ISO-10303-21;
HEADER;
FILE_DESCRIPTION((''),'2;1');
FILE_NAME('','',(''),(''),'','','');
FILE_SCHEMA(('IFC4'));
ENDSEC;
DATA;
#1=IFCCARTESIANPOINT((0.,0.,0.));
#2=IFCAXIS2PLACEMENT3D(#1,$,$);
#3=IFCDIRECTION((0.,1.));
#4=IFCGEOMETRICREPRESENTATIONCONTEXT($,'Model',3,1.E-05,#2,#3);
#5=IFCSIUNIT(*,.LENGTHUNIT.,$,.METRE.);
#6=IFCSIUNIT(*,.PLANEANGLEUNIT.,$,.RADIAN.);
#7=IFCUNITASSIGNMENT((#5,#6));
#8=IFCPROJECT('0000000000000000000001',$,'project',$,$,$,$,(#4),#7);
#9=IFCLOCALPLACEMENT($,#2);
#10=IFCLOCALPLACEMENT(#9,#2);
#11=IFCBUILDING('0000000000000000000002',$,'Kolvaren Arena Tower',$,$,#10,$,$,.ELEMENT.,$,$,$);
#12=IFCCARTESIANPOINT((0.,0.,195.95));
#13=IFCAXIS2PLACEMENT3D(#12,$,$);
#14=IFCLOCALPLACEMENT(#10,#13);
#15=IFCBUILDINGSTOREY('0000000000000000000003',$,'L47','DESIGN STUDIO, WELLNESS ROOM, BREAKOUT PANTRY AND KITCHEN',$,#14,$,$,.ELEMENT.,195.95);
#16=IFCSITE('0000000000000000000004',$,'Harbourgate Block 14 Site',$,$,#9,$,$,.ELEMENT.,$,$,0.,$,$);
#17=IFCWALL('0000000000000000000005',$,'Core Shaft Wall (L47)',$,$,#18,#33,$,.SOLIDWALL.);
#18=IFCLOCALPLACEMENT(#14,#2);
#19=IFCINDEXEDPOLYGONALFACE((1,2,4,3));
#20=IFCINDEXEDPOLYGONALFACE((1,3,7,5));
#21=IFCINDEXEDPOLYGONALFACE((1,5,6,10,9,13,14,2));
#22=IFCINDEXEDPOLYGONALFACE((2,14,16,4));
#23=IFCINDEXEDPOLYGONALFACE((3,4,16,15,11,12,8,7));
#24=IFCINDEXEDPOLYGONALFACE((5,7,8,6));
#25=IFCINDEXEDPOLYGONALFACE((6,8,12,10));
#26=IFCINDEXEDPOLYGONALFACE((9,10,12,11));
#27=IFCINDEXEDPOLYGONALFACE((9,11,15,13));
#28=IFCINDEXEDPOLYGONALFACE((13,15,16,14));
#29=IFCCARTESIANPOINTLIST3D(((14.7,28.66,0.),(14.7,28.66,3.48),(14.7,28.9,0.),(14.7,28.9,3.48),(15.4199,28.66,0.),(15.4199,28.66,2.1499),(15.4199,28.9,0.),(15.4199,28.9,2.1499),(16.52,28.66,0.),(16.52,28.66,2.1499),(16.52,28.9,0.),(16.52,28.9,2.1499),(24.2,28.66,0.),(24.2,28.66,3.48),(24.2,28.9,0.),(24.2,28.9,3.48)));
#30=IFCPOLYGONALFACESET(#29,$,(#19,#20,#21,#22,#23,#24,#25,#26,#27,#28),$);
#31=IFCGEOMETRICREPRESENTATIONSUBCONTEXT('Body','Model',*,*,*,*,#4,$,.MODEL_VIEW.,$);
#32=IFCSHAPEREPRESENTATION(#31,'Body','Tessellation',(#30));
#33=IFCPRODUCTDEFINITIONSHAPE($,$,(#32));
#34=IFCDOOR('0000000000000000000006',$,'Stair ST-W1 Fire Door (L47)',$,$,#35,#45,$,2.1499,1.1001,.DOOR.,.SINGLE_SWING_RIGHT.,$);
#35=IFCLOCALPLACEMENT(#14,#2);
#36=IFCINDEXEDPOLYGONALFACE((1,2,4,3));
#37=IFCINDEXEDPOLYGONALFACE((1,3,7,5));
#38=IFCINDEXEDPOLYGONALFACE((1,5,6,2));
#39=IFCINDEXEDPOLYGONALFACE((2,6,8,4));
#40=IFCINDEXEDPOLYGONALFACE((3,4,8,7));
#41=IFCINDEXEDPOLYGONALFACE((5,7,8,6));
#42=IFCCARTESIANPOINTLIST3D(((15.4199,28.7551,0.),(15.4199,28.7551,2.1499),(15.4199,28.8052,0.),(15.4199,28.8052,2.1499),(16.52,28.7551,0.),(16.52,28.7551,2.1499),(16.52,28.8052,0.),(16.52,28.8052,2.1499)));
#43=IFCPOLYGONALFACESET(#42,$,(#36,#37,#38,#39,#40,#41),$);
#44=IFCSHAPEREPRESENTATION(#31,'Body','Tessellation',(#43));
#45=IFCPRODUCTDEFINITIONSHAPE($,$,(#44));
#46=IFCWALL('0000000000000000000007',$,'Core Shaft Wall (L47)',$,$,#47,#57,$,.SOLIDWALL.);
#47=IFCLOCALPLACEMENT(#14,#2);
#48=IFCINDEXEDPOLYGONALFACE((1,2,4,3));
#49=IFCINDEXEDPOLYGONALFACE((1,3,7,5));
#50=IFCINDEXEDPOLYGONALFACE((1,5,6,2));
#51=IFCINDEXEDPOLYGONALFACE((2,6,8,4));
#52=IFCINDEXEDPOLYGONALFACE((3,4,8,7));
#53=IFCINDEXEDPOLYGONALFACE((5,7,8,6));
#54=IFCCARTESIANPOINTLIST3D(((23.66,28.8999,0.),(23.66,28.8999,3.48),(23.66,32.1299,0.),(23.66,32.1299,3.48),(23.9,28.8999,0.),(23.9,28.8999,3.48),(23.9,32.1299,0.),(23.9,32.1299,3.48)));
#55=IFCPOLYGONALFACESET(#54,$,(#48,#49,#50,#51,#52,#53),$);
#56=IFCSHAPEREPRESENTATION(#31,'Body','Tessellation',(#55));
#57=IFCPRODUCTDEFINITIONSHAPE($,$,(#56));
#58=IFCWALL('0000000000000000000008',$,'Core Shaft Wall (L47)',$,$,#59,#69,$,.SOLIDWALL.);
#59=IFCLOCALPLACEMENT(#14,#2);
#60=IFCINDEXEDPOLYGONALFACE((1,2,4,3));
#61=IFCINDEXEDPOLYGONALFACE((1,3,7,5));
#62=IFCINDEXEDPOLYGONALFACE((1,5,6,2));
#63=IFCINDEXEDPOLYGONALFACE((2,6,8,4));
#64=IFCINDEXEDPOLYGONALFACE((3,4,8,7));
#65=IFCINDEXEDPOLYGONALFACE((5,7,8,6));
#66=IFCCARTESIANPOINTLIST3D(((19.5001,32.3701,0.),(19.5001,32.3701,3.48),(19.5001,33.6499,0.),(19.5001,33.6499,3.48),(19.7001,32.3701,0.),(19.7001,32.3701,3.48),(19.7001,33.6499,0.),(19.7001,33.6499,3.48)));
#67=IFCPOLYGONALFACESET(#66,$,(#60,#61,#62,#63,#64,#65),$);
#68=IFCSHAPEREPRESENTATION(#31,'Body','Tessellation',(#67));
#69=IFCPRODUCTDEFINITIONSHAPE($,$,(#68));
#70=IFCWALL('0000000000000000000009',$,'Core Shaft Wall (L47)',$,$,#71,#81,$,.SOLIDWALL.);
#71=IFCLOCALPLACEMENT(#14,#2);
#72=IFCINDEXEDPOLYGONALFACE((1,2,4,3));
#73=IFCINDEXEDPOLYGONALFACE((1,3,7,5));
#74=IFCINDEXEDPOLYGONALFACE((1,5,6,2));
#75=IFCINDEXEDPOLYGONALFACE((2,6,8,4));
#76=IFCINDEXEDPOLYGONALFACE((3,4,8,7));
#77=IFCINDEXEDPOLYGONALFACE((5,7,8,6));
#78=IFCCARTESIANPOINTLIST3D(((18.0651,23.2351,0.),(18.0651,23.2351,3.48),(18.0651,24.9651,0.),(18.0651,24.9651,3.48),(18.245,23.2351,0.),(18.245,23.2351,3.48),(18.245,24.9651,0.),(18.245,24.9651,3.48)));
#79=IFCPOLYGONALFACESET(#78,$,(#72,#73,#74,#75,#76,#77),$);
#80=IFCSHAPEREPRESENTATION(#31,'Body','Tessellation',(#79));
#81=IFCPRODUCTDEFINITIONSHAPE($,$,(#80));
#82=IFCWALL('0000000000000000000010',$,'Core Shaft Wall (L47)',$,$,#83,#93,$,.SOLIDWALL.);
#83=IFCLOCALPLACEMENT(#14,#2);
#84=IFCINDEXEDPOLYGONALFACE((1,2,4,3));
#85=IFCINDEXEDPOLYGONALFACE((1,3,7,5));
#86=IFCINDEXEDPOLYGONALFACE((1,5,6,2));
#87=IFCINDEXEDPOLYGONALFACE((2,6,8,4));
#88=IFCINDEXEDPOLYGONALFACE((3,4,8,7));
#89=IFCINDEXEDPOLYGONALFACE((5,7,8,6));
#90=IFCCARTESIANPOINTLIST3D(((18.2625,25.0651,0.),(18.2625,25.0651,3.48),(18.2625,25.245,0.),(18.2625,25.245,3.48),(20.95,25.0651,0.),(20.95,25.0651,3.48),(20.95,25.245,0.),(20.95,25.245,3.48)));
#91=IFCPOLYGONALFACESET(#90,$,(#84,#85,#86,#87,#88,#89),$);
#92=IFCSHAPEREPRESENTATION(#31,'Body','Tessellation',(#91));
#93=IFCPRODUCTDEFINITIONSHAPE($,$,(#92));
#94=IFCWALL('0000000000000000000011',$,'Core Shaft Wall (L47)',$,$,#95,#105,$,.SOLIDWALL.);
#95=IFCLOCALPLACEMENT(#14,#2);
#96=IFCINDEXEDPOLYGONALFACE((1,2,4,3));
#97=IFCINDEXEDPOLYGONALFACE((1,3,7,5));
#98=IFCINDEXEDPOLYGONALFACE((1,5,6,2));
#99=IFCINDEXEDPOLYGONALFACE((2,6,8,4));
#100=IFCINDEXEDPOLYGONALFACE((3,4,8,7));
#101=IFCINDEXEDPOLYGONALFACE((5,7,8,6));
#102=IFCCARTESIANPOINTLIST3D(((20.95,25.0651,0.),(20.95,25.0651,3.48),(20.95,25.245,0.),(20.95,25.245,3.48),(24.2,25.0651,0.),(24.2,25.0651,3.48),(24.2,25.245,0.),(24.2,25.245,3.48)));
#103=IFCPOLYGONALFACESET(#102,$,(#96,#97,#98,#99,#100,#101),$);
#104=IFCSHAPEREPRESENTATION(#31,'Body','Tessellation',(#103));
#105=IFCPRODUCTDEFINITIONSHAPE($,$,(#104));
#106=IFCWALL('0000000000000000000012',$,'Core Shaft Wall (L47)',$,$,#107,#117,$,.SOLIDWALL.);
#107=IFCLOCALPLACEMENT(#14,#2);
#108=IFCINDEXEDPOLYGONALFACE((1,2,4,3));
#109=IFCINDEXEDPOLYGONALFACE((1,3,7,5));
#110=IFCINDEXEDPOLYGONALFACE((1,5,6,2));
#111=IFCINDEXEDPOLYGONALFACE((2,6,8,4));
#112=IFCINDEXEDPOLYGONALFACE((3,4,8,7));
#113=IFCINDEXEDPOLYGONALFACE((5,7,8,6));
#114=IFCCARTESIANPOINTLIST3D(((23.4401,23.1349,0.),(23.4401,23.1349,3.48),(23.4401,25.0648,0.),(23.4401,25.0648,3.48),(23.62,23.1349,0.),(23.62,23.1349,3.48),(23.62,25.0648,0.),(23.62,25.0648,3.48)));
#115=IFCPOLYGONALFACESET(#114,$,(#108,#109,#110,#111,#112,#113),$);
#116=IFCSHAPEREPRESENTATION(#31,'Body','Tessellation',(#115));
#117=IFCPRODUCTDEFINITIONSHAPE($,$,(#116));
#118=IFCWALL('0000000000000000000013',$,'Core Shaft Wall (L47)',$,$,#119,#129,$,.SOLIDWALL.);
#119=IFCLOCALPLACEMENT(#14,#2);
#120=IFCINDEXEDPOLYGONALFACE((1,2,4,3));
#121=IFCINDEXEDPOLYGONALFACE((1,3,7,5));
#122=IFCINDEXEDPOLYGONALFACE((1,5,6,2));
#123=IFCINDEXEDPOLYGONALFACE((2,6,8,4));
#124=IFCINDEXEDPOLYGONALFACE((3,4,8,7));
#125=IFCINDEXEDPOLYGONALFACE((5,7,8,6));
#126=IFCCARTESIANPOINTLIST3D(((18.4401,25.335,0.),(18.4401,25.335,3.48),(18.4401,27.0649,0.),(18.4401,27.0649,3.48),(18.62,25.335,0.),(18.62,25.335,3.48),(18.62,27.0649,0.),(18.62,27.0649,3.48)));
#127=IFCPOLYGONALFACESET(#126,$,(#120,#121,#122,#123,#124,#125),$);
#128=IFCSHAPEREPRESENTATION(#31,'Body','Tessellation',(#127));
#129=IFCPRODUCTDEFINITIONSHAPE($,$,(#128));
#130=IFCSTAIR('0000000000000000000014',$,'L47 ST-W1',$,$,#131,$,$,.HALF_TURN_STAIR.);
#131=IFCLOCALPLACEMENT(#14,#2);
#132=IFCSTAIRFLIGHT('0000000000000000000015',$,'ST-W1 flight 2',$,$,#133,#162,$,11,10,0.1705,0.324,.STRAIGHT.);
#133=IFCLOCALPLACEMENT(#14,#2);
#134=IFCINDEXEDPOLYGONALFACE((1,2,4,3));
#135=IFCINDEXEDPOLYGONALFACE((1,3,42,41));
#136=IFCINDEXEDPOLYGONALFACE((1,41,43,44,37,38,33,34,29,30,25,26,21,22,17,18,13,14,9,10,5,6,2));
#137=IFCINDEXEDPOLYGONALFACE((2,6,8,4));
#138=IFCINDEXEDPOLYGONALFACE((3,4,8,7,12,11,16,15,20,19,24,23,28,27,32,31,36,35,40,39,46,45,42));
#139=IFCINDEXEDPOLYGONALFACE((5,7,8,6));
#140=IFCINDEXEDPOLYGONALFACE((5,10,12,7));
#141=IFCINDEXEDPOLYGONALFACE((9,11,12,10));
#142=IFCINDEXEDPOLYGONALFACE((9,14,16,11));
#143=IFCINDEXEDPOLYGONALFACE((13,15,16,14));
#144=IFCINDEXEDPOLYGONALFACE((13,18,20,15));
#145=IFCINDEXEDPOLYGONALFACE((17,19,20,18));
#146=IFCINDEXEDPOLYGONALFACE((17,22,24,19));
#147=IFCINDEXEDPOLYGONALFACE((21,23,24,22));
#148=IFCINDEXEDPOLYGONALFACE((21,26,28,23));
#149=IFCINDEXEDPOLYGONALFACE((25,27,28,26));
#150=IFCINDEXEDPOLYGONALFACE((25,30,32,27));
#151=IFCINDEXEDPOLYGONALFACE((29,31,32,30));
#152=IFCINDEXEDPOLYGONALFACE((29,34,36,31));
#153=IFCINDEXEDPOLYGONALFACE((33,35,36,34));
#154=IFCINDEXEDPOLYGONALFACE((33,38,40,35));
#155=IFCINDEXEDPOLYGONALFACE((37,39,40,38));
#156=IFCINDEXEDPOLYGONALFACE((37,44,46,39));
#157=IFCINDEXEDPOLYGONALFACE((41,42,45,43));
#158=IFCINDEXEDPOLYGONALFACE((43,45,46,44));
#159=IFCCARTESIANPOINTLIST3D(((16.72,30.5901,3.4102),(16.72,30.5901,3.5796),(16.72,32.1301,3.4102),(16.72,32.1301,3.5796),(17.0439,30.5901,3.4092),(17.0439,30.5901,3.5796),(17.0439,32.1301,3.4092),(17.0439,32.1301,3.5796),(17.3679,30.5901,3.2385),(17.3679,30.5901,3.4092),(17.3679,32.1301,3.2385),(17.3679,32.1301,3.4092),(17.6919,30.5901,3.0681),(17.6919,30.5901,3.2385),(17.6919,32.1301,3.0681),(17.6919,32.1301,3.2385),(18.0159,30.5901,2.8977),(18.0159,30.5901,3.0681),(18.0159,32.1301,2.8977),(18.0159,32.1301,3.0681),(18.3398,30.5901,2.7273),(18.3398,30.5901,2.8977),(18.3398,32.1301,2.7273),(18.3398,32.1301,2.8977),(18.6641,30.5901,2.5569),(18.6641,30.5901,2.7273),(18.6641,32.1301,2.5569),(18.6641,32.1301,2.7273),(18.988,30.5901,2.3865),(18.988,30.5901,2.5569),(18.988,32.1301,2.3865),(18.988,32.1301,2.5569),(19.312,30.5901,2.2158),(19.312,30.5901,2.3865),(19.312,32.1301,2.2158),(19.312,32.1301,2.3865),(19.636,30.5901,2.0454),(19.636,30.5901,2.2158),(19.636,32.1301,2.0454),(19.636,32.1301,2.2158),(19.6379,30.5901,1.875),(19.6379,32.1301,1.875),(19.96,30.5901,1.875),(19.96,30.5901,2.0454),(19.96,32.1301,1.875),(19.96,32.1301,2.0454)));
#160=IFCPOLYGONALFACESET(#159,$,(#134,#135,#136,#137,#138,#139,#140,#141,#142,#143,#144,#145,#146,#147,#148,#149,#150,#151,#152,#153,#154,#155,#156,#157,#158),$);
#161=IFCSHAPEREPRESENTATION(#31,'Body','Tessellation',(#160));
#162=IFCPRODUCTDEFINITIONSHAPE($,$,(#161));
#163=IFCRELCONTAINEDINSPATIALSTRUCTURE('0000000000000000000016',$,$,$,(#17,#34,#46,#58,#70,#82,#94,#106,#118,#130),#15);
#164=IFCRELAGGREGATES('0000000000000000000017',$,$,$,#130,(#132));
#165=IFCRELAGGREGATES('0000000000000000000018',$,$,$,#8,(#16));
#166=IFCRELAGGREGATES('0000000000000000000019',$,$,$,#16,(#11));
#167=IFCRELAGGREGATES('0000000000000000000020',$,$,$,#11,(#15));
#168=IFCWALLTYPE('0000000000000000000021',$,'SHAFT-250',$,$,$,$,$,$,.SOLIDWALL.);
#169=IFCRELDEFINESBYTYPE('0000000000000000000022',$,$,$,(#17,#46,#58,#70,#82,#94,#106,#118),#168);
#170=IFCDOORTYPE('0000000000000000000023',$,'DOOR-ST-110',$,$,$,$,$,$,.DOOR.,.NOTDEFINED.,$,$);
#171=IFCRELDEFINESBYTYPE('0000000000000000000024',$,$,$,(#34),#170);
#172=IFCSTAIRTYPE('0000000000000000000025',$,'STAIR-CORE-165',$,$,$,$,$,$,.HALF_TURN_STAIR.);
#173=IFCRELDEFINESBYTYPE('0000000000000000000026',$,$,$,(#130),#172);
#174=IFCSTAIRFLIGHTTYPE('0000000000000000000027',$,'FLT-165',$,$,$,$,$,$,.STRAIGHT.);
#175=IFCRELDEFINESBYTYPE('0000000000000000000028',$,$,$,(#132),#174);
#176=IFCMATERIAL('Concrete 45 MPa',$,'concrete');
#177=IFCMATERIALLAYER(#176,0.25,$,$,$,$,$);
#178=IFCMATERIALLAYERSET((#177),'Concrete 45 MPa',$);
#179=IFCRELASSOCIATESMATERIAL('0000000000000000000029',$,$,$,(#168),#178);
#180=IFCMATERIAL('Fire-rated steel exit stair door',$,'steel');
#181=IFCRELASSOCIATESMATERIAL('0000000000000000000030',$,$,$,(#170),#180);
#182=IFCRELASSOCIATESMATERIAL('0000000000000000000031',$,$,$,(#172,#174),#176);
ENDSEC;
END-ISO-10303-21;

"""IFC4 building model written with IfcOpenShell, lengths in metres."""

from ifc_helpers import new_model, si_unit, direction, frame, frame_2d, origin, place, context, subcontext, project, spatial, polyline, rectangle, outline, extrude, material, layer, layer_set, type_object, element, fill, aggregate, save


model = new_model("IFC4")

# Units and contexts
model_context = context("Model", 3, precision=1e-05, world=origin(), true_north=direction((0.0, 1.0)))
body_context = subcontext(model_context, "Body", "Model", "MODEL_VIEW")
ifc_project = project(units=[si_unit("LENGTHUNIT", "METRE"), si_unit("PLANEANGLEUNIT", "RADIAN")], contexts=[model_context])

# Site, building, storey
site_placement = place(None, origin())
site = spatial("IfcSite", under=ifc_project, at=site_placement, Name="Harbourgate Block 14 Site", CompositionType="ELEMENT", RefElevation=0.0)
building_placement = place(site_placement, origin())
building = spatial("IfcBuilding", under=site, at=building_placement, Name="Kolvaren Arena Tower", CompositionType="ELEMENT")
storey_placement = place(building_placement, frame((0.0, 0.0, 195.95)))
storey = spatial("IfcBuildingStorey", under=building, at=storey_placement, Name="L47", Description="DESIGN STUDIO, WELLNESS ROOM, BREAKOUT PANTRY AND KITCHEN", CompositionType="ELEMENT", Elevation=195.95)

# Wall, opening, door
ifc_material_1 = material(Name="Concrete 45 MPa", Category="concrete")
ifc_layer = layer(ifc_material_1, 0.25)
ifc_layer_set = layer_set([ifc_layer], Name="Concrete 45 MPa")
wall_type = type_object("IfcWallType", Name="SHAFT-250", PredefinedType="SOLIDWALL", material=ifc_layer_set)
wall_1_placement = place(storey_placement, frame((24.2, 28.78, 0.0), z_axis=(0.0, 0.0, 1.0), x_axis=(-1.0, 0.0, 0.0)))
wall_1 = element("IfcWall", 1, at=wall_1_placement, inside=storey, type_object=wall_type, Name="Core Shaft Wall (L47)", PredefinedType="SOLIDWALL", context=body_context, shape_type="SweptSolid", body=[
    extrude(rectangle(XDim=9.5, YDim=0.24, at=frame_2d((4.75, 0.0))), origin(), (0.0, 0.0, 1.0), 3.48),
])
opening_placement = place(wall_1_placement, frame((7.6799, 0.0, 0.0)))
opening = element("IfcOpeningElement", 2, at=opening_placement, cuts=wall_1, PredefinedType="OPENING", context=body_context, shape_type="SweptSolid", body=[
    extrude(rectangle(XDim=1.1001, YDim=2.1499, at=frame_2d((0.55, 1.075))), frame((0.0, 0.1299, 0.0), z_axis=(0.0, -1.0, 0.0), x_axis=(1.0, 0.0, 0.0)), (0.0, 0.0, 1.0), 0.26),
])
ifc_material_2 = material(Name="Fire-rated steel exit stair door", Category="steel")
door_type = type_object("IfcDoorType", Name="DOOR-ST-110", OperationType="NOTDEFINED", PredefinedType="DOOR", material=ifc_material_2)
door_placement = place(opening_placement, origin())
door = element("IfcDoor", 3, at=door_placement, inside=storey, type_object=door_type, Name="Stair ST-W1 Fire Door (L47)", OperationType="SINGLE_SWING_RIGHT", OverallHeight=2.1499, OverallWidth=1.1001, PredefinedType="DOOR", context=body_context, shape_type="SweptSolid", body=[
    extrude(rectangle(XDim=1.1001, YDim=2.1499, at=frame_2d((0.55, 1.075))), frame((0.0, 0.0249, 0.0), z_axis=(0.0, -1.0, 0.0), x_axis=(1.0, 0.0, 0.0)), (0.0, 0.0, 1.0), 0.05),
])
fill(opening, door)

# Walls
wall_2_placement = place(storey_placement, frame((23.78, 28.8999, 0.0), z_axis=(0.0, 0.0, 1.0), x_axis=(0.0, 1.0, 0.0)))
element("IfcWall", 4, at=wall_2_placement, inside=storey, type_object=wall_type, Name="Core Shaft Wall (L47)", PredefinedType="SOLIDWALL", context=body_context, shape_type="SweptSolid", body=[
    extrude(rectangle(XDim=3.23, YDim=0.24, at=frame_2d((1.615, 0.0))), origin(), (0.0, 0.0, 1.0), 3.48),
])
wall_3_placement = place(storey_placement, frame((19.6001, 32.3701, 0.0), z_axis=(0.0, 0.0, 1.0), x_axis=(0.0, 1.0, 0.0)))
element("IfcWall", 5, at=wall_3_placement, inside=storey, type_object=wall_type, Name="Core Shaft Wall (L47)", PredefinedType="SOLIDWALL", context=body_context, shape_type="SweptSolid", body=[
    extrude(rectangle(XDim=1.2798, YDim=0.2, at=frame_2d((0.6399, 0.0))), origin(), (0.0, 0.0, 1.0), 3.48),
])
wall_4_placement = place(storey_placement, frame((18.155, 23.2351, 0.0), z_axis=(0.0, 0.0, 1.0), x_axis=(0.0, 1.0, 0.0)))
element("IfcWall", 6, at=wall_4_placement, inside=storey, type_object=wall_type, Name="Core Shaft Wall (L47)", PredefinedType="SOLIDWALL", context=body_context, shape_type="SweptSolid", body=[
    extrude(rectangle(XDim=1.73, YDim=0.1799, at=frame_2d((0.865, 0.0))), origin(), (0.0, 0.0, 1.0), 3.48),
])
wall_5_placement = place(storey_placement, frame((18.2625, 25.155, 0.0), z_axis=(0.0, 0.0, 1.0), x_axis=(1.0, 0.0, 0.0)))
element("IfcWall", 7, at=wall_5_placement, inside=storey, type_object=wall_type, Name="Core Shaft Wall (L47)", PredefinedType="SOLIDWALL", context=body_context, shape_type="SweptSolid", body=[
    extrude(rectangle(XDim=2.6875, YDim=0.1799, at=frame_2d((1.3438, 0.0))), origin(), (0.0, 0.0, 1.0), 3.48),
])
wall_6_placement = place(storey_placement, frame((20.95, 25.155, 0.0), z_axis=(0.0, 0.0, 1.0), x_axis=(1.0, 0.0, 0.0)))
element("IfcWall", 8, at=wall_6_placement, inside=storey, type_object=wall_type, Name="Core Shaft Wall (L47)", PredefinedType="SOLIDWALL", context=body_context, shape_type="SweptSolid", body=[
    extrude(rectangle(XDim=3.25, YDim=0.1799, at=frame_2d((1.625, 0.0))), origin(), (0.0, 0.0, 1.0), 3.48),
])
wall_7_placement = place(storey_placement, frame((23.53, 23.135, 0.0), z_axis=(0.0, 0.0, 1.0), x_axis=(0.0, 1.0, 0.0)))
element("IfcWall", 9, at=wall_7_placement, inside=storey, type_object=wall_type, Name="Core Shaft Wall (L47)", PredefinedType="SOLIDWALL", context=body_context, shape_type="SweptSolid", body=[
    extrude(rectangle(XDim=1.9299, YDim=0.1799, at=frame_2d((0.9648, 0.0))), origin(), (0.0, 0.0, 1.0), 3.48),
])
wall_8_placement = place(storey_placement, frame((18.53, 25.335, 0.0), z_axis=(0.0, 0.0, 1.0), x_axis=(0.0, 1.0, 0.0)))
element("IfcWall", 10, at=wall_8_placement, inside=storey, type_object=wall_type, Name="Core Shaft Wall (L47)", PredefinedType="SOLIDWALL", context=body_context, shape_type="SweptSolid", body=[
    extrude(rectangle(XDim=1.73, YDim=0.1799, at=frame_2d((0.865, 0.0))), origin(), (0.0, 0.0, 1.0), 3.48),
])

# Stair, stair flight
stair_type = type_object("IfcStairType", Name="STAIR-CORE-165", PredefinedType="HALF_TURN_STAIR", material=ifc_material_1)
stair_placement = place(storey_placement, origin())
stair = element("IfcStair", 11, at=stair_placement, inside=storey, type_object=stair_type, Name="L47 ST-W1", PredefinedType="HALF_TURN_STAIR")
stair_flight_type = type_object("IfcStairFlightType", Name="FLT-165", PredefinedType="STRAIGHT", material=ifc_material_1)
stair_flight_placement = place(storey_placement, frame((19.96, 31.3601, 1.875), z_axis=(0.0, 0.0, 1.0), x_axis=(-1.0, 0.0, 0.0)))
stair_flight = element("IfcStairFlight", 12, at=stair_flight_placement, type_object=stair_flight_type, Name="ST-W1 flight 2", NumberOfRisers=11, NumberOfTreads=10, PredefinedType="STRAIGHT", RiserHeight=0.1705, TreadLength=0.324, context=body_context, shape_type="SweptSolid", body=[
    extrude(outline(polyline([(0.0, 0.0), (0.0, 0.1704), (0.324, 0.1704), (0.324, 0.3408), (0.6479, 0.3408), (0.6479, 0.5115), (0.9719, 0.5115), (0.9719, 0.6819), (1.2959, 0.6819), (1.2959, 0.8523), (1.6201, 0.8523), (1.6201, 1.0227), (1.9441, 1.0227), (1.9441, 1.1931), (2.2681, 1.1931), (2.2681, 1.3635), (2.592, 1.3635), (2.592, 1.5342), (2.916, 1.5342), (2.916, 1.7046), (3.24, 1.7046), (3.24, 1.875), (3.24, 1.5352), (0.322, 0.0), (0.0, 0.0)])), frame((0.0, 0.77, 0.0), z_axis=(0.0, -1.0, 0.0), x_axis=(1.0, 0.0, 0.0)), (0.0, 0.0, 1.0), 1.54),
])
aggregate(stair, [stair_flight])

save(model, "model.ifc")
